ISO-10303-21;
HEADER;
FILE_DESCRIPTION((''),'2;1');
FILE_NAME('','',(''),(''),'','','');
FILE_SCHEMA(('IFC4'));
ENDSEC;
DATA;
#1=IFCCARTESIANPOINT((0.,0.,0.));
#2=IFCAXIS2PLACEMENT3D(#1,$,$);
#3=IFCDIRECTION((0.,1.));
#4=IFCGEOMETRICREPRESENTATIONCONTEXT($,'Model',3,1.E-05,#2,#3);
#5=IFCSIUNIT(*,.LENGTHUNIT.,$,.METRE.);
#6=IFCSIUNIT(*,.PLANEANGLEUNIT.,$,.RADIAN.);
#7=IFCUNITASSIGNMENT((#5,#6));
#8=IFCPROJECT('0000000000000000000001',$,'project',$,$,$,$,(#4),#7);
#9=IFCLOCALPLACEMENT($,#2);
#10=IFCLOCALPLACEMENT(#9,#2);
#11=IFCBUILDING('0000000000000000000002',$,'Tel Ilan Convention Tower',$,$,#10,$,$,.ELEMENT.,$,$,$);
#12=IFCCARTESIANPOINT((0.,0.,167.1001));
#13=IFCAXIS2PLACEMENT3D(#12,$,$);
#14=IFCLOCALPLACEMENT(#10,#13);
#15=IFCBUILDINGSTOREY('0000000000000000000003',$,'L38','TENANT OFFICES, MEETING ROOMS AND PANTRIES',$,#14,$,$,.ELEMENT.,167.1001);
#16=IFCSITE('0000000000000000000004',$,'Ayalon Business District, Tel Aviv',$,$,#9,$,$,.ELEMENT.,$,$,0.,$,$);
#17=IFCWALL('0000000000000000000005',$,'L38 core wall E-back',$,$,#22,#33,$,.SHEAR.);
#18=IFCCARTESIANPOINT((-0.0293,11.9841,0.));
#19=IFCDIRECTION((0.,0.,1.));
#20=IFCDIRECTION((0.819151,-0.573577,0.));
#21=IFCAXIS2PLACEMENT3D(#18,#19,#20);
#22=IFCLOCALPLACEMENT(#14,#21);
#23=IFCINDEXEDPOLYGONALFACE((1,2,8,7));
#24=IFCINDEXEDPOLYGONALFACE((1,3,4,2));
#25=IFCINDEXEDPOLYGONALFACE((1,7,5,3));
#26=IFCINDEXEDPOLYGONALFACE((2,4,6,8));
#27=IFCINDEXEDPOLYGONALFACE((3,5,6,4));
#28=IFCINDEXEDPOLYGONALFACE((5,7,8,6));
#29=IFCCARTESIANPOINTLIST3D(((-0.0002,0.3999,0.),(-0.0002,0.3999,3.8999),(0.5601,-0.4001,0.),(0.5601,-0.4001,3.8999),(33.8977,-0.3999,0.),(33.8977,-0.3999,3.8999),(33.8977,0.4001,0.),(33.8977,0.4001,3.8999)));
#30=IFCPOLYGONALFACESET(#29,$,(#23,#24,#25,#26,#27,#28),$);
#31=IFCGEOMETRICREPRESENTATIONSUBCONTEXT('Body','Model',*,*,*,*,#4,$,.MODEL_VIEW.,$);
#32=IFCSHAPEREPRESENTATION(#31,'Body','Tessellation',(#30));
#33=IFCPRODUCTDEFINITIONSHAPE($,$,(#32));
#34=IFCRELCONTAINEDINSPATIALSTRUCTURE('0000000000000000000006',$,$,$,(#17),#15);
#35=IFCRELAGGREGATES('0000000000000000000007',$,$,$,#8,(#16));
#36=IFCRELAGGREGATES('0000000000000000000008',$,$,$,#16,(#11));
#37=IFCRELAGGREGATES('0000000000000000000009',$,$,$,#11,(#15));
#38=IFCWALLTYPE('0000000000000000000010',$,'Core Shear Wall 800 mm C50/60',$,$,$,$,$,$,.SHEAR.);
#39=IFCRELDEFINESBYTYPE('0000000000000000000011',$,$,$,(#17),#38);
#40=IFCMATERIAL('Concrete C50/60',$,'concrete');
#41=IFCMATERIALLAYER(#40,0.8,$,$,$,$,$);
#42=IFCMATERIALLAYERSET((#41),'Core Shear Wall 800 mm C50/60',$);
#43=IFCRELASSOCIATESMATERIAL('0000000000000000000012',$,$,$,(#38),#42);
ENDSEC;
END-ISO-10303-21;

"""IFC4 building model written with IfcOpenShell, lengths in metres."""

from ifc_helpers import new_model, si_unit, direction, frame, origin, place, context, subcontext, project, spatial, polyline, outline, extrude, material, layer, layer_set, type_object, element, save


model = new_model("IFC4")

# Units and contexts
model_context = context("Model", 3, precision=1e-05, world=origin(), true_north=direction((0.0, 1.0)))
body_context = subcontext(model_context, "Body", "Model", "MODEL_VIEW")
ifc_project = project(units=[si_unit("LENGTHUNIT", "METRE"), si_unit("PLANEANGLEUNIT", "RADIAN")], contexts=[model_context])

# Site, building, storey
site_placement = place(None, origin())
site = spatial("IfcSite", under=ifc_project, at=site_placement, Name="Ayalon Business District, Tel Aviv", CompositionType="ELEMENT", RefElevation=0.0)
building_placement = place(site_placement, origin())
building = spatial("IfcBuilding", under=site, at=building_placement, Name="Tel Ilan Convention Tower", CompositionType="ELEMENT")
storey_placement = place(building_placement, frame((0.0, 0.0, 167.1001)))
storey = spatial("IfcBuildingStorey", under=building, at=storey_placement, Name="L38", Description="TENANT OFFICES, MEETING ROOMS AND PANTRIES", CompositionType="ELEMENT", Elevation=167.1001)

# Wall
ifc_material_1 = material(Name="Concrete C50/60", Category="concrete")
ifc_layer_1 = layer(ifc_material_1, 0.8)
ifc_layer_set_1 = layer_set([ifc_layer_1], Name="Core Shear Wall 800 mm C50/60")
wall_type_1 = type_object("IfcWallType", Name="Core Shear Wall 800 mm C50/60", PredefinedType="SHEAR", material=ifc_layer_set_1)
wall_1_placement = place(storey_placement, frame((-0.0293, 11.9841, 0.0), z_axis=(0.0, 0.0, 1.0), x_axis=(0.819151, -0.573577, 0.0)))
element("IfcWall", 1, at=wall_1_placement, inside=storey, type_object=wall_type_1, Name="L38 core wall E-back", PredefinedType="SHEAR", context=body_context, shape_type="SweptSolid", body=[
    extrude(outline(polyline([(33.8977, 0.4001), (-0.0002, 0.3999), (0.5601, -0.4001), (33.8977, -0.3999), (33.8977, 0.4001)])), origin(), (0.0, 0.0, 1.0), 3.8999),
])

save(model, "model.ifc")
